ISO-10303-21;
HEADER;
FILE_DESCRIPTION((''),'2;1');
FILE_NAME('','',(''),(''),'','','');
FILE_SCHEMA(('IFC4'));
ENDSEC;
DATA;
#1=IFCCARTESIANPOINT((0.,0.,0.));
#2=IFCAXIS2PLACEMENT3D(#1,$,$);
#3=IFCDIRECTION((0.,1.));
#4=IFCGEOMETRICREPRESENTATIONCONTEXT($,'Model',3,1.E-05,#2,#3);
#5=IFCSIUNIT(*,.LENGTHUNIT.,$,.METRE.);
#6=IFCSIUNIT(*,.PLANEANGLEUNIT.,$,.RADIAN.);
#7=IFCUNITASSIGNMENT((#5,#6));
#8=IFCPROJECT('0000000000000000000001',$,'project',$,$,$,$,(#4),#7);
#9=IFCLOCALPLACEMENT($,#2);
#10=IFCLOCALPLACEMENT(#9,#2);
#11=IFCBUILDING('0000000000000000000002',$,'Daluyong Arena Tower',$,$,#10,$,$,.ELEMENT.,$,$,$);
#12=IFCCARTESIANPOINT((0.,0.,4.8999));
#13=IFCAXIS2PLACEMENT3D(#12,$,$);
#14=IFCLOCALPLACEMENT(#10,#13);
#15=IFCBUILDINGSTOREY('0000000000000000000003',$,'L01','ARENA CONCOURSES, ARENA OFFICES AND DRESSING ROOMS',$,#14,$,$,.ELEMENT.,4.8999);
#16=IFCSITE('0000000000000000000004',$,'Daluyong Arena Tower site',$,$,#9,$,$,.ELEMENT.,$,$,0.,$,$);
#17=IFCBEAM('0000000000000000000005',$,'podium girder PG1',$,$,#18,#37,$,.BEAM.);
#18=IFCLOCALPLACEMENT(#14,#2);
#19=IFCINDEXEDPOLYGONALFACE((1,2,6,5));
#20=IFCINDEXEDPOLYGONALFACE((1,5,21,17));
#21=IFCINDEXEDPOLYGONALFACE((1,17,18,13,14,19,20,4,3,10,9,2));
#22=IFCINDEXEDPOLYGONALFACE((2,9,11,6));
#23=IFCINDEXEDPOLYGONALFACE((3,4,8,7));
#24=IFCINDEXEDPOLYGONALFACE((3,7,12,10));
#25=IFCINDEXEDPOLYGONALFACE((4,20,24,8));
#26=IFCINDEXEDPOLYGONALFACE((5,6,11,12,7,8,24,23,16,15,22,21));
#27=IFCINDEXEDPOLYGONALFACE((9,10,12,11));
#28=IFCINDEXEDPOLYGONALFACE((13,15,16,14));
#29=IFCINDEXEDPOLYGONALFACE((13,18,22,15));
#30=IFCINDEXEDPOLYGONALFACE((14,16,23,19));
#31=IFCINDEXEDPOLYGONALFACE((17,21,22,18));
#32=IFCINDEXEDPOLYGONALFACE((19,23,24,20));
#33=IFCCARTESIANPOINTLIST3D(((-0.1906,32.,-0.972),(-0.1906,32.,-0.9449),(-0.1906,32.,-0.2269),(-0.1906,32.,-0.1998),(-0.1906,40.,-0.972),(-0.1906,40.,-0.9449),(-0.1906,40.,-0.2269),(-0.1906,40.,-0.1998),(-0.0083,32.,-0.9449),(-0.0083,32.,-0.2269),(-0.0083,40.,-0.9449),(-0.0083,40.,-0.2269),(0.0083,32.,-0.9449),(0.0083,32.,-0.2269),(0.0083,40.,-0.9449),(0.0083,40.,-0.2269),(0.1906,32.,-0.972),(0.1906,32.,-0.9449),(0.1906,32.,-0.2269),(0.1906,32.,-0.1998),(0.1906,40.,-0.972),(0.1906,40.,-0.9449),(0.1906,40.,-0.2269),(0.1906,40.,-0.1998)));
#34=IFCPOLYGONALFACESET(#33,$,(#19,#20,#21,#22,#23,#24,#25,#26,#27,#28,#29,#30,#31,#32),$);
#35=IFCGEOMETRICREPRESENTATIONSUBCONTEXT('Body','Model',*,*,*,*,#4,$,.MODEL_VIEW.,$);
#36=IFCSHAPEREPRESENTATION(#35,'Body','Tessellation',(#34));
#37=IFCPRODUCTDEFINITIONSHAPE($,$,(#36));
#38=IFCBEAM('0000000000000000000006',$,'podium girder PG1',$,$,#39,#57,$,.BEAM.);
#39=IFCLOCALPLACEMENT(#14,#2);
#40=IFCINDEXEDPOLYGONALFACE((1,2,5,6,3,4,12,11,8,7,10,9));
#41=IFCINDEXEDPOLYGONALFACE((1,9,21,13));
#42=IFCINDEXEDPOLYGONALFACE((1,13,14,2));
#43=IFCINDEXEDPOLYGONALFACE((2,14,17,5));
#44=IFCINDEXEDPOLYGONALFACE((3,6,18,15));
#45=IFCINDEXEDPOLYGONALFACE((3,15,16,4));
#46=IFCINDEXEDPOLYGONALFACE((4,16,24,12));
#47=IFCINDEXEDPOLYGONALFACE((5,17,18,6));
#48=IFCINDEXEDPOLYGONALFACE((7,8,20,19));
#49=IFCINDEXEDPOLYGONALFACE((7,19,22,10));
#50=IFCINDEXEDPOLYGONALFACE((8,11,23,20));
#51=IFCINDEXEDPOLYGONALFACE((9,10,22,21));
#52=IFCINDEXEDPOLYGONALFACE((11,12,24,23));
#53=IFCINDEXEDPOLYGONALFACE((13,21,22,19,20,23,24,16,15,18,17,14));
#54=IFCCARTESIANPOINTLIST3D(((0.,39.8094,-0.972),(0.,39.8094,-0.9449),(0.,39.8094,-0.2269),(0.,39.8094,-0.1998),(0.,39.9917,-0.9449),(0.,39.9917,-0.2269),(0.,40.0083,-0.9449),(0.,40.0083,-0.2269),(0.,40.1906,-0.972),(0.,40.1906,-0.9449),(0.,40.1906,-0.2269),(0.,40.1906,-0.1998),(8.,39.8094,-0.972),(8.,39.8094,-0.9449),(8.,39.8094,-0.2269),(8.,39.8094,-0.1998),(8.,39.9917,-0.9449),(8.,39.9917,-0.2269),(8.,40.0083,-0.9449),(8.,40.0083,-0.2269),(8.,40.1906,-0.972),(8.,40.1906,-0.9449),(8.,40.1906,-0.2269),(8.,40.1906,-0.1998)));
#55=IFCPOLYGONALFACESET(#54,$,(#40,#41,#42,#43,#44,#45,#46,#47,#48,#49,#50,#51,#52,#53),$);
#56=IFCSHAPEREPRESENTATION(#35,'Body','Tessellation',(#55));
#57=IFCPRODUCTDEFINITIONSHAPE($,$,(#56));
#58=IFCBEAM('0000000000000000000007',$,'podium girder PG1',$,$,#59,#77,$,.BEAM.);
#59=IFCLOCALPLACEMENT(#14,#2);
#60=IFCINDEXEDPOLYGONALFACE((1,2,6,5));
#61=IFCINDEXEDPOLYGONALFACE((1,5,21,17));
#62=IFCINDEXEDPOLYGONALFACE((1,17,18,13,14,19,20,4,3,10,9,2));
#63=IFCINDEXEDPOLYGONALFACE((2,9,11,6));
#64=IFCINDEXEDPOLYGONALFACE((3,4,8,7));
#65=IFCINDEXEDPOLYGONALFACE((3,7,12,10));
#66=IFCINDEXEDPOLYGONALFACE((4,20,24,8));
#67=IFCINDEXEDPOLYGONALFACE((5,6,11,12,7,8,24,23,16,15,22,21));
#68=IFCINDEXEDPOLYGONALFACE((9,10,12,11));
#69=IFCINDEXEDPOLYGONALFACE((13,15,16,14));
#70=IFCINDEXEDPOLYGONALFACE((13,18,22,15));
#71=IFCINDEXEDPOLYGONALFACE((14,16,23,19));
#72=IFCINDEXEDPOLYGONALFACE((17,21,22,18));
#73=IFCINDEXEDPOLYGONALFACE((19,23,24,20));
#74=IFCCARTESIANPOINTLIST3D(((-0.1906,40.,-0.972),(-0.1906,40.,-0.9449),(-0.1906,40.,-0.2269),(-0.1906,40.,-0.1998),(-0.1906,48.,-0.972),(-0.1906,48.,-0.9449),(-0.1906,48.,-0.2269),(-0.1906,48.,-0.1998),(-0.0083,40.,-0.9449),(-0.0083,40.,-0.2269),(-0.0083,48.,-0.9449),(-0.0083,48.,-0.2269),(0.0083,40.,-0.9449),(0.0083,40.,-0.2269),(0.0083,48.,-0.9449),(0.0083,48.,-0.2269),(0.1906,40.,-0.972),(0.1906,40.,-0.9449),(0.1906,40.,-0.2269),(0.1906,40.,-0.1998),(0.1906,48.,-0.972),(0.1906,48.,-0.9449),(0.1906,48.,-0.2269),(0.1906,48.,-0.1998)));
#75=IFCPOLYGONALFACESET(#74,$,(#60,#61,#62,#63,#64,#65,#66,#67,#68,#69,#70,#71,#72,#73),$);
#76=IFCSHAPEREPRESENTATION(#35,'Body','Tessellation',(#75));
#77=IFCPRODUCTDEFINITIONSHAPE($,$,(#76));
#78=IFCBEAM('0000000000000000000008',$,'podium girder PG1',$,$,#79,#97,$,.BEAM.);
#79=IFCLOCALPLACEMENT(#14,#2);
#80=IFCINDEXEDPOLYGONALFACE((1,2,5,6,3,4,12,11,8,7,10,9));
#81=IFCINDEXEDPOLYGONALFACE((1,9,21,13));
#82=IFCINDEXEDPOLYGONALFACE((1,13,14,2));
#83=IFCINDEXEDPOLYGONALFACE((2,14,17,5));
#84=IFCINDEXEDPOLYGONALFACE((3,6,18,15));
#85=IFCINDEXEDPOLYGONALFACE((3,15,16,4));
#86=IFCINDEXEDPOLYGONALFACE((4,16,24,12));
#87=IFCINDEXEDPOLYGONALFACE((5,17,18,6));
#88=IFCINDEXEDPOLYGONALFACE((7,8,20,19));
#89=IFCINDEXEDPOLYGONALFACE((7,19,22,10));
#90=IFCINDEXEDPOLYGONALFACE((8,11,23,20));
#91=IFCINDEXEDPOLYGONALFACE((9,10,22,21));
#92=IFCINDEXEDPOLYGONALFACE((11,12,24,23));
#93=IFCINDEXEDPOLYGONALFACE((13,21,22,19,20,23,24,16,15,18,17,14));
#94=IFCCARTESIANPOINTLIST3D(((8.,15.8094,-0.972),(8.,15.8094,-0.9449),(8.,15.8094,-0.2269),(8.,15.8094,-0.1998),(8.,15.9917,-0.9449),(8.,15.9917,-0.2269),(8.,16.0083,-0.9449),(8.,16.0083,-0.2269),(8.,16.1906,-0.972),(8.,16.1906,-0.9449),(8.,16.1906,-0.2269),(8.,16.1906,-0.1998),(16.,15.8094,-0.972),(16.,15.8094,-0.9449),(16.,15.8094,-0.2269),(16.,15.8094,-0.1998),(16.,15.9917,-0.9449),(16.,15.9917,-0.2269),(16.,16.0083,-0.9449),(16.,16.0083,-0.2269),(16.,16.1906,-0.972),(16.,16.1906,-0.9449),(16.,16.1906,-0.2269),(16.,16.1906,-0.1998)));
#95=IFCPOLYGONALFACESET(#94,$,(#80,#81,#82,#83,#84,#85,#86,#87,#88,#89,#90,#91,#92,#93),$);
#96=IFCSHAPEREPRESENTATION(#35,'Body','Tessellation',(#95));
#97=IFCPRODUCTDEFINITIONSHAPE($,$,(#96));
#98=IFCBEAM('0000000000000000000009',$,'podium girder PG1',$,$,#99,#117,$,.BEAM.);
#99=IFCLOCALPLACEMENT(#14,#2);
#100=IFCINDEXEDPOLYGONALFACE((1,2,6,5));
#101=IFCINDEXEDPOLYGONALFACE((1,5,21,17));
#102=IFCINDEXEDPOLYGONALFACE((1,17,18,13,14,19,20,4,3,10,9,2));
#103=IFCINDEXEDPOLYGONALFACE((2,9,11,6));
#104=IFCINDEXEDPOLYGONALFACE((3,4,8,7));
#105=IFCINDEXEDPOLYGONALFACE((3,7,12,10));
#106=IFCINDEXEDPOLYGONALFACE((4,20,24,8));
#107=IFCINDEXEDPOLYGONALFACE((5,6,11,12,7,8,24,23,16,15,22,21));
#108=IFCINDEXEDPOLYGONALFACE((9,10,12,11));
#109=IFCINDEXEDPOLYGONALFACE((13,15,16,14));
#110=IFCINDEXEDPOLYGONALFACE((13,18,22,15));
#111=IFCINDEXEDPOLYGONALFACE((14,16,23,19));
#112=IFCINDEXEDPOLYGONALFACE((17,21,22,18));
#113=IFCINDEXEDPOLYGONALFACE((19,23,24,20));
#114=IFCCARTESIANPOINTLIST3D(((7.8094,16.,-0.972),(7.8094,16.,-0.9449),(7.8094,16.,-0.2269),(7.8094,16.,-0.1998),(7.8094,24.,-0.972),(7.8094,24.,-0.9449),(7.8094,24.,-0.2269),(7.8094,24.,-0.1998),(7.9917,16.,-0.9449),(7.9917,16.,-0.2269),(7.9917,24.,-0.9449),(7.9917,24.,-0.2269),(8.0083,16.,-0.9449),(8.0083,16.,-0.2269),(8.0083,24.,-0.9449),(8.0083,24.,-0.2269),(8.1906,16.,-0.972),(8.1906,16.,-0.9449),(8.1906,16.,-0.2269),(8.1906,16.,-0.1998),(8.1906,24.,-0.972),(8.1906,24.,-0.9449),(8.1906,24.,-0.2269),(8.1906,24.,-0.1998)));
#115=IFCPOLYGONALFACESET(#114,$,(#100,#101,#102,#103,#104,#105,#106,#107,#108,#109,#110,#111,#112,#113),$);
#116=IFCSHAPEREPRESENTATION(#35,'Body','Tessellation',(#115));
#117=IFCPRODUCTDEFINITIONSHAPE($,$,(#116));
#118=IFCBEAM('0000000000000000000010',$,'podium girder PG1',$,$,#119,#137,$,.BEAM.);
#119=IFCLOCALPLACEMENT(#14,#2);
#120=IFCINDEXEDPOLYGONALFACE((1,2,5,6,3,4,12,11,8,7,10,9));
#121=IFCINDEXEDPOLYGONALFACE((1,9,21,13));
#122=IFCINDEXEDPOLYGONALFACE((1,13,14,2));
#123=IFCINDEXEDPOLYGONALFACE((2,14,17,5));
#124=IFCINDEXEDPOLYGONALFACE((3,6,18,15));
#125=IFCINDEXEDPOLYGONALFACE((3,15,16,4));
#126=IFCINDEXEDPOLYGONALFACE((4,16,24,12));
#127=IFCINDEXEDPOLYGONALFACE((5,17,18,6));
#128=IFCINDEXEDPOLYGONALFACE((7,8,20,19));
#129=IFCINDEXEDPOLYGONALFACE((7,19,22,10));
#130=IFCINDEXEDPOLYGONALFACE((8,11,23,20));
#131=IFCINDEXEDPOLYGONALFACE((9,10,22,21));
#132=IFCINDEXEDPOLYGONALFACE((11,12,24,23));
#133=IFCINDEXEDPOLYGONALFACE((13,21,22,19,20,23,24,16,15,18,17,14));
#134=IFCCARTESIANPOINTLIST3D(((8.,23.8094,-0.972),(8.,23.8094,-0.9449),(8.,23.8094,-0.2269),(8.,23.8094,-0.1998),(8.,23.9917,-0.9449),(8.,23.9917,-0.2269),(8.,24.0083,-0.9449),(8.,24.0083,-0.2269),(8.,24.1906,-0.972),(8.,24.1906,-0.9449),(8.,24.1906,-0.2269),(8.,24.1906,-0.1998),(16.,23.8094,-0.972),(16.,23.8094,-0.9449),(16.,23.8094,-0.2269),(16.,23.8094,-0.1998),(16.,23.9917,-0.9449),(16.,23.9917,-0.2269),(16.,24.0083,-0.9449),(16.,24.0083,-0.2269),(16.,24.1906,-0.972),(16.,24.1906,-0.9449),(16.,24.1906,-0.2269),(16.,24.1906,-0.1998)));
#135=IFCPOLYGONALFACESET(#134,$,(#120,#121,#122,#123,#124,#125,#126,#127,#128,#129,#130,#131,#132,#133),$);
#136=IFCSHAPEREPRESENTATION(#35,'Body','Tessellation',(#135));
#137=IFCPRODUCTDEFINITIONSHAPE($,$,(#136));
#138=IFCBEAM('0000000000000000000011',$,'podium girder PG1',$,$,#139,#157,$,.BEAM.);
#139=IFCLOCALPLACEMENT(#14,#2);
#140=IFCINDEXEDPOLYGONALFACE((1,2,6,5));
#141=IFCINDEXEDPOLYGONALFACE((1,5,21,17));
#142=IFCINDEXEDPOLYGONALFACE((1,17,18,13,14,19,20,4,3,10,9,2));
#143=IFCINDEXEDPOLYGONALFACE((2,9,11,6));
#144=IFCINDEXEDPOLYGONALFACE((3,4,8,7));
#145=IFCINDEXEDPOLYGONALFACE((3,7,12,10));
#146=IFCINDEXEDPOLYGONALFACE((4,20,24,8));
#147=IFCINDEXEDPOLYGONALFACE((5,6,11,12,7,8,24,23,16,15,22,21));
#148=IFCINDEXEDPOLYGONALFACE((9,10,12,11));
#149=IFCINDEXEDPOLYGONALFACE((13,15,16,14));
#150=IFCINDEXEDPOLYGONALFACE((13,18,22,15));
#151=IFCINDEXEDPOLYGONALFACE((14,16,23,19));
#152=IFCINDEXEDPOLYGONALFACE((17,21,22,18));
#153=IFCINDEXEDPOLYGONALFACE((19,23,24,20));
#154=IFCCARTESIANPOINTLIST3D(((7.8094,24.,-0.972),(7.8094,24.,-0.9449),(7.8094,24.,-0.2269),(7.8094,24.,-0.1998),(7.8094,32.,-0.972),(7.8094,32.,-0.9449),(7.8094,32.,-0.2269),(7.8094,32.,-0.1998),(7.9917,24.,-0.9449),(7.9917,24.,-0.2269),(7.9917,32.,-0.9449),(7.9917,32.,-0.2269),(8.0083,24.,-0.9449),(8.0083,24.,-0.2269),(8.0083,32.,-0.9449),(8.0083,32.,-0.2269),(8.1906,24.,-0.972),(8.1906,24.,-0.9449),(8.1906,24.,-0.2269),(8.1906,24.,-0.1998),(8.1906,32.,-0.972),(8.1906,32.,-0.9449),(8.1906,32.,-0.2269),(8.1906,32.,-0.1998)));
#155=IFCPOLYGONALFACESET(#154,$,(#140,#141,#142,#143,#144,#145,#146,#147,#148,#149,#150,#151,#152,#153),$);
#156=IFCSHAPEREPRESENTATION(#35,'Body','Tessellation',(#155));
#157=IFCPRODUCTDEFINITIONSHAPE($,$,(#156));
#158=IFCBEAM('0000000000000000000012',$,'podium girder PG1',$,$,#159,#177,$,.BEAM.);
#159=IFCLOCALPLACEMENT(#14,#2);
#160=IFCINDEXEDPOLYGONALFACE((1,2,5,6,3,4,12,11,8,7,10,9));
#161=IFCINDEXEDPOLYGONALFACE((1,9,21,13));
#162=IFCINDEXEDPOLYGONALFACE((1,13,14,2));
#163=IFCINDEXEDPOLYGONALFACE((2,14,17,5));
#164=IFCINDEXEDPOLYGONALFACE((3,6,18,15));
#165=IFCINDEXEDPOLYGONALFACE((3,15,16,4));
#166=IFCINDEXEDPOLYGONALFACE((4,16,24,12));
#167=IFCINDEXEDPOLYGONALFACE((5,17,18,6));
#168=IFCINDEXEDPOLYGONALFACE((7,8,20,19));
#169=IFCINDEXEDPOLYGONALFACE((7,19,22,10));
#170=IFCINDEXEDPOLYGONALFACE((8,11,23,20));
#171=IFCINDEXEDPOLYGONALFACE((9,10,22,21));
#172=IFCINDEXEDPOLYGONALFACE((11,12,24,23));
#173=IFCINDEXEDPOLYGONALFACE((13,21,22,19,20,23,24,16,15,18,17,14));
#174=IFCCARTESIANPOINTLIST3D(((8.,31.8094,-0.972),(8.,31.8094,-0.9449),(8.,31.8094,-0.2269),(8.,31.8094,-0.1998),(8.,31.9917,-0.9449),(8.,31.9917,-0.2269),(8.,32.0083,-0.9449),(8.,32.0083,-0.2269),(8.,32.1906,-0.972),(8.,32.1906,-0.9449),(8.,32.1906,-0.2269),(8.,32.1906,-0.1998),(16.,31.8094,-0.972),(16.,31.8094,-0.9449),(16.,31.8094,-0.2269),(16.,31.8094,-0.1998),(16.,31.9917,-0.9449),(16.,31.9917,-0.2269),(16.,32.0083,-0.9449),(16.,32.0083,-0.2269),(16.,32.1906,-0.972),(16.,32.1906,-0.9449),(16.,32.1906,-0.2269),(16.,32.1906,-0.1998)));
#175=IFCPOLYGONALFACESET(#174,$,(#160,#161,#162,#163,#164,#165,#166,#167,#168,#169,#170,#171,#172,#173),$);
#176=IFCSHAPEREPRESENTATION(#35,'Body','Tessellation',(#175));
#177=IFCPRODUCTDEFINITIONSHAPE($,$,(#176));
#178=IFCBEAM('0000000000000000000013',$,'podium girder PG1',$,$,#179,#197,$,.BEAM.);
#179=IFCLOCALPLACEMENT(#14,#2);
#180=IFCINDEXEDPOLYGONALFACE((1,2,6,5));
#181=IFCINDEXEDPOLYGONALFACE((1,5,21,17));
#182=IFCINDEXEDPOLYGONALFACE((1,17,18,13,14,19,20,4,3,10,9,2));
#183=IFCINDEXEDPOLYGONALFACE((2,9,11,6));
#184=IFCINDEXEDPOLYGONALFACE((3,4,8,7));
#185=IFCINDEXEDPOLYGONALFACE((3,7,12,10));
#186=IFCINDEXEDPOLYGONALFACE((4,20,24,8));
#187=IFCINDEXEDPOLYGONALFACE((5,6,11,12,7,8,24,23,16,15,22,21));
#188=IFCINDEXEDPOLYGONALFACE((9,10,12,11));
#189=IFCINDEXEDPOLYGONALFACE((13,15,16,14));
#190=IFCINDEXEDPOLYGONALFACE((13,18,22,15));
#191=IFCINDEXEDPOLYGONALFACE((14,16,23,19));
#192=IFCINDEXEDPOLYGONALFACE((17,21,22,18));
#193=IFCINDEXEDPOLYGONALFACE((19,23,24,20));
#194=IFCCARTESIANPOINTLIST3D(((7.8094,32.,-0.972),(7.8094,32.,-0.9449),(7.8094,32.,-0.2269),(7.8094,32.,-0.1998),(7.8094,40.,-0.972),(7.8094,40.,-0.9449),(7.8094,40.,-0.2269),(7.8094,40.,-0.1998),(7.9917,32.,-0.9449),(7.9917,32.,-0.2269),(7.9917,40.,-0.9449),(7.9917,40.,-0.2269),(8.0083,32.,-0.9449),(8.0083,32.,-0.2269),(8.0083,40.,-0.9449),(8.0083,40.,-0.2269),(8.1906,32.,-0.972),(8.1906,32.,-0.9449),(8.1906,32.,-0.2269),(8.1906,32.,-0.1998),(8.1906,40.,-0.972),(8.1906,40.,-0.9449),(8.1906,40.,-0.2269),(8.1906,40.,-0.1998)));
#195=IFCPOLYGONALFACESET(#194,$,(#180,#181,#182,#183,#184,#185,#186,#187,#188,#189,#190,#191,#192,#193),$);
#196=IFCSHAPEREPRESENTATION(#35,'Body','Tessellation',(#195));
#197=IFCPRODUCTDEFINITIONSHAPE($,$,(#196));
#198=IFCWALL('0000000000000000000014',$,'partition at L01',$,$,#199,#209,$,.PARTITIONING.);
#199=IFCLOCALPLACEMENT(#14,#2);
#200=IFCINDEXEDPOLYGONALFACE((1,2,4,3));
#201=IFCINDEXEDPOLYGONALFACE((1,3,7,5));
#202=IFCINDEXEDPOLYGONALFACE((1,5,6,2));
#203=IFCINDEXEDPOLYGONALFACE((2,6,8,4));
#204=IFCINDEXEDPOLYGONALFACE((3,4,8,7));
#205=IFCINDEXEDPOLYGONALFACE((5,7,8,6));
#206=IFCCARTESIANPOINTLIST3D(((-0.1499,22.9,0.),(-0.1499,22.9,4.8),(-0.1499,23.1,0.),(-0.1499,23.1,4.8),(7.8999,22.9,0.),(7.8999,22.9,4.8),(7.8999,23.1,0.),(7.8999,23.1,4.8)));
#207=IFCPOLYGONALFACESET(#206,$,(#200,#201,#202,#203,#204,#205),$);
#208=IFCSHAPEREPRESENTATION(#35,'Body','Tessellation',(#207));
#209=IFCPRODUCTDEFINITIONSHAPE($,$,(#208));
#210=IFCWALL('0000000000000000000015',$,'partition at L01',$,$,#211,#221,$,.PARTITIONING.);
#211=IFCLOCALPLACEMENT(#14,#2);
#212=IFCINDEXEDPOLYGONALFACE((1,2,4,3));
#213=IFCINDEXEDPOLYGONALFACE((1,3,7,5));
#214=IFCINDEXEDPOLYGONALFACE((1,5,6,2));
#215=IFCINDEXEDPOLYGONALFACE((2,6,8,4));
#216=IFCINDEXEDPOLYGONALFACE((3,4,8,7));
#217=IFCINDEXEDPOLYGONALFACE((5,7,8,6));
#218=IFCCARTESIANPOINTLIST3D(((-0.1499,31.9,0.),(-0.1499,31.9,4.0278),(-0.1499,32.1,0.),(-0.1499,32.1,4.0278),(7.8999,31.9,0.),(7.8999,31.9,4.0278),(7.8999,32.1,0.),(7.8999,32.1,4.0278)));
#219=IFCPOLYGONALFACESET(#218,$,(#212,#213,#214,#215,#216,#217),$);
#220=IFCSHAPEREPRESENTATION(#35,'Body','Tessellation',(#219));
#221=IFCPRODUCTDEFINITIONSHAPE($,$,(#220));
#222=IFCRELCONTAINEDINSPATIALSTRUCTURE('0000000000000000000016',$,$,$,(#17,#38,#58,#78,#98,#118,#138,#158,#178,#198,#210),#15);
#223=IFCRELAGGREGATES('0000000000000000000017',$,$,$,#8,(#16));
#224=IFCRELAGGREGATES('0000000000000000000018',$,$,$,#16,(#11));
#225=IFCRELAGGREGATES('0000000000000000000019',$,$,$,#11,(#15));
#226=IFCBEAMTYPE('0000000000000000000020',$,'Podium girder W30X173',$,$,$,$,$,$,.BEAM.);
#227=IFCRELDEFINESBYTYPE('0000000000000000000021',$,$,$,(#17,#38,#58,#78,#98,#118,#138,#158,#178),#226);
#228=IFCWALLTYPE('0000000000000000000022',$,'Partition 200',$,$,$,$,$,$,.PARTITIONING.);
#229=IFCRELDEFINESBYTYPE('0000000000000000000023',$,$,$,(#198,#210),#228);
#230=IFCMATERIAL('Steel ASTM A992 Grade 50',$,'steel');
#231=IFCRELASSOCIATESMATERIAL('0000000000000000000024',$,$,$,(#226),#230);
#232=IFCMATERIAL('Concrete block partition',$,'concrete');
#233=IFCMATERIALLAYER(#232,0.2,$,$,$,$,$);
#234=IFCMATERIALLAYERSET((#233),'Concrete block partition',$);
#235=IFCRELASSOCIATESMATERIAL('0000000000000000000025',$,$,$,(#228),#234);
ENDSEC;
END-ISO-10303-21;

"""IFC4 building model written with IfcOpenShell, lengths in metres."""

from ifc_helpers import new_model, si_unit, direction, frame, frame_2d, origin, origin_2d, place, context, subcontext, project, spatial, rectangle, i_section, extrude, material, layer, layer_set, material_profile, profile_set, type_object, element, save


model = new_model("IFC4")

# Units and contexts
model_context = context("Model", 3, precision=1e-05, world=origin(), true_north=direction((0.0, 1.0)))
body_context = subcontext(model_context, "Body", "Model", "MODEL_VIEW")
ifc_project = project(units=[si_unit("LENGTHUNIT", "METRE"), si_unit("PLANEANGLEUNIT", "RADIAN")], contexts=[model_context])

# Site, building, storey
site_placement = place(None, origin())
site = spatial("IfcSite", under=ifc_project, at=site_placement, Name="Daluyong Arena Tower site", CompositionType="ELEMENT", RefElevation=0.0)
building_placement = place(site_placement, origin())
building = spatial("IfcBuilding", under=site, at=building_placement, Name="Daluyong Arena Tower", CompositionType="ELEMENT")
storey_placement = place(building_placement, frame((0.0, 0.0, 4.8999)))
storey = spatial("IfcBuildingStorey", under=building, at=storey_placement, Name="L01", Description="ARENA CONCOURSES, ARENA OFFICES AND DRESSING ROOMS", CompositionType="ELEMENT", Elevation=4.8999)

# Beams
ifc_material_1 = material(Name="Steel ASTM A992 Grade 50", Category="steel")
ifc_material_profile_1 = material_profile(ifc_material_1, i_section(OverallWidth=0.3811, OverallDepth=0.7722, WebThickness=0.0166, FlangeThickness=0.0271, at=origin_2d()))
ifc_profile_set_1 = profile_set([ifc_material_profile_1], Name="Steel ASTM A992 Grade 50")
beam_type_1 = type_object("IfcBeamType", Name="Podium girder W30X173", PredefinedType="BEAM", material=ifc_profile_set_1)
for number, where, z_axis, x_axis, name in (
    (1, (0.0, 32.0, -0.5859), (0.0, 1.0, 0.0), (-1.0, 0.0, 0.0), "podium girder PG1"),
    (2, (0.0, 40.0, -0.5859), (1.0, 0.0, 0.0), (0.0, 1.0, 0.0), "podium girder PG1"),
    (3, (0.0, 40.0, -0.5859), (0.0, 1.0, 0.0), (-1.0, 0.0, 0.0), "podium girder PG1"),
    (4, (8.0, 16.0, -0.5859), (1.0, 0.0, 0.0), (0.0, 1.0, 0.0), "podium girder PG1"),
    (5, (8.0, 16.0, -0.5859), (0.0, 1.0, 0.0), (-1.0, 0.0, 0.0), "podium girder PG1"),
    (6, (8.0, 24.0, -0.5859), (1.0, 0.0, 0.0), (0.0, 1.0, 0.0), "podium girder PG1"),
    (7, (8.0, 24.0, -0.5859), (0.0, 1.0, 0.0), (-1.0, 0.0, 0.0), "podium girder PG1"),
    (8, (8.0, 32.0, -0.5859), (1.0, 0.0, 0.0), (0.0, 1.0, 0.0), "podium girder PG1"),
    (9, (8.0, 32.0, -0.5859), (0.0, 1.0, 0.0), (-1.0, 0.0, 0.0), "podium girder PG1"),
):
    element("IfcBeam", number, at=place(storey_placement, frame(where, z_axis=z_axis, x_axis=x_axis)), inside=storey, type_object=beam_type_1, Name=name, PredefinedType="BEAM", context=body_context, shape_type="SweptSolid", body=[
        extrude(i_section(OverallWidth=0.3811, OverallDepth=0.7722, WebThickness=0.0166, FlangeThickness=0.0271, at=origin_2d()), origin(), (0.0, 0.0, 1.0), 8.0),
    ])

# Walls
ifc_material_2 = material(Name="Concrete block partition", Category="concrete")
ifc_layer = layer(ifc_material_2, 0.2)
ifc_layer_set = layer_set([ifc_layer], Name="Concrete block partition")
wall_type = type_object("IfcWallType", Name="Partition 200", PredefinedType="PARTITIONING", material=ifc_layer_set)
wall_1_placement = place(storey_placement, frame((-0.1499, 23.0, 0.0), z_axis=(0.0, 0.0, 1.0), x_axis=(1.0, 0.0, 0.0)))
element("IfcWall", 10, at=wall_1_placement, inside=storey, type_object=wall_type, Name="partition at L01", PredefinedType="PARTITIONING", context=body_context, shape_type="SweptSolid", body=[
    extrude(rectangle(XDim=8.0498, YDim=0.2, at=frame_2d((4.0249, 0.0))), origin(), (0.0, 0.0, 1.0), 4.8),
])
wall_2_placement = place(storey_placement, frame((-0.1499, 32.0, 0.0), z_axis=(0.0, 0.0, 1.0), x_axis=(1.0, 0.0, 0.0)))
element("IfcWall", 11, at=wall_2_placement, inside=storey, type_object=wall_type, Name="partition at L01", PredefinedType="PARTITIONING", context=body_context, shape_type="SweptSolid", body=[
    extrude(rectangle(XDim=8.0498, YDim=0.2, at=frame_2d((4.0249, 0.0))), origin(), (0.0, 0.0, 1.0), 4.0278),
])

save(model, "model.ifc")
